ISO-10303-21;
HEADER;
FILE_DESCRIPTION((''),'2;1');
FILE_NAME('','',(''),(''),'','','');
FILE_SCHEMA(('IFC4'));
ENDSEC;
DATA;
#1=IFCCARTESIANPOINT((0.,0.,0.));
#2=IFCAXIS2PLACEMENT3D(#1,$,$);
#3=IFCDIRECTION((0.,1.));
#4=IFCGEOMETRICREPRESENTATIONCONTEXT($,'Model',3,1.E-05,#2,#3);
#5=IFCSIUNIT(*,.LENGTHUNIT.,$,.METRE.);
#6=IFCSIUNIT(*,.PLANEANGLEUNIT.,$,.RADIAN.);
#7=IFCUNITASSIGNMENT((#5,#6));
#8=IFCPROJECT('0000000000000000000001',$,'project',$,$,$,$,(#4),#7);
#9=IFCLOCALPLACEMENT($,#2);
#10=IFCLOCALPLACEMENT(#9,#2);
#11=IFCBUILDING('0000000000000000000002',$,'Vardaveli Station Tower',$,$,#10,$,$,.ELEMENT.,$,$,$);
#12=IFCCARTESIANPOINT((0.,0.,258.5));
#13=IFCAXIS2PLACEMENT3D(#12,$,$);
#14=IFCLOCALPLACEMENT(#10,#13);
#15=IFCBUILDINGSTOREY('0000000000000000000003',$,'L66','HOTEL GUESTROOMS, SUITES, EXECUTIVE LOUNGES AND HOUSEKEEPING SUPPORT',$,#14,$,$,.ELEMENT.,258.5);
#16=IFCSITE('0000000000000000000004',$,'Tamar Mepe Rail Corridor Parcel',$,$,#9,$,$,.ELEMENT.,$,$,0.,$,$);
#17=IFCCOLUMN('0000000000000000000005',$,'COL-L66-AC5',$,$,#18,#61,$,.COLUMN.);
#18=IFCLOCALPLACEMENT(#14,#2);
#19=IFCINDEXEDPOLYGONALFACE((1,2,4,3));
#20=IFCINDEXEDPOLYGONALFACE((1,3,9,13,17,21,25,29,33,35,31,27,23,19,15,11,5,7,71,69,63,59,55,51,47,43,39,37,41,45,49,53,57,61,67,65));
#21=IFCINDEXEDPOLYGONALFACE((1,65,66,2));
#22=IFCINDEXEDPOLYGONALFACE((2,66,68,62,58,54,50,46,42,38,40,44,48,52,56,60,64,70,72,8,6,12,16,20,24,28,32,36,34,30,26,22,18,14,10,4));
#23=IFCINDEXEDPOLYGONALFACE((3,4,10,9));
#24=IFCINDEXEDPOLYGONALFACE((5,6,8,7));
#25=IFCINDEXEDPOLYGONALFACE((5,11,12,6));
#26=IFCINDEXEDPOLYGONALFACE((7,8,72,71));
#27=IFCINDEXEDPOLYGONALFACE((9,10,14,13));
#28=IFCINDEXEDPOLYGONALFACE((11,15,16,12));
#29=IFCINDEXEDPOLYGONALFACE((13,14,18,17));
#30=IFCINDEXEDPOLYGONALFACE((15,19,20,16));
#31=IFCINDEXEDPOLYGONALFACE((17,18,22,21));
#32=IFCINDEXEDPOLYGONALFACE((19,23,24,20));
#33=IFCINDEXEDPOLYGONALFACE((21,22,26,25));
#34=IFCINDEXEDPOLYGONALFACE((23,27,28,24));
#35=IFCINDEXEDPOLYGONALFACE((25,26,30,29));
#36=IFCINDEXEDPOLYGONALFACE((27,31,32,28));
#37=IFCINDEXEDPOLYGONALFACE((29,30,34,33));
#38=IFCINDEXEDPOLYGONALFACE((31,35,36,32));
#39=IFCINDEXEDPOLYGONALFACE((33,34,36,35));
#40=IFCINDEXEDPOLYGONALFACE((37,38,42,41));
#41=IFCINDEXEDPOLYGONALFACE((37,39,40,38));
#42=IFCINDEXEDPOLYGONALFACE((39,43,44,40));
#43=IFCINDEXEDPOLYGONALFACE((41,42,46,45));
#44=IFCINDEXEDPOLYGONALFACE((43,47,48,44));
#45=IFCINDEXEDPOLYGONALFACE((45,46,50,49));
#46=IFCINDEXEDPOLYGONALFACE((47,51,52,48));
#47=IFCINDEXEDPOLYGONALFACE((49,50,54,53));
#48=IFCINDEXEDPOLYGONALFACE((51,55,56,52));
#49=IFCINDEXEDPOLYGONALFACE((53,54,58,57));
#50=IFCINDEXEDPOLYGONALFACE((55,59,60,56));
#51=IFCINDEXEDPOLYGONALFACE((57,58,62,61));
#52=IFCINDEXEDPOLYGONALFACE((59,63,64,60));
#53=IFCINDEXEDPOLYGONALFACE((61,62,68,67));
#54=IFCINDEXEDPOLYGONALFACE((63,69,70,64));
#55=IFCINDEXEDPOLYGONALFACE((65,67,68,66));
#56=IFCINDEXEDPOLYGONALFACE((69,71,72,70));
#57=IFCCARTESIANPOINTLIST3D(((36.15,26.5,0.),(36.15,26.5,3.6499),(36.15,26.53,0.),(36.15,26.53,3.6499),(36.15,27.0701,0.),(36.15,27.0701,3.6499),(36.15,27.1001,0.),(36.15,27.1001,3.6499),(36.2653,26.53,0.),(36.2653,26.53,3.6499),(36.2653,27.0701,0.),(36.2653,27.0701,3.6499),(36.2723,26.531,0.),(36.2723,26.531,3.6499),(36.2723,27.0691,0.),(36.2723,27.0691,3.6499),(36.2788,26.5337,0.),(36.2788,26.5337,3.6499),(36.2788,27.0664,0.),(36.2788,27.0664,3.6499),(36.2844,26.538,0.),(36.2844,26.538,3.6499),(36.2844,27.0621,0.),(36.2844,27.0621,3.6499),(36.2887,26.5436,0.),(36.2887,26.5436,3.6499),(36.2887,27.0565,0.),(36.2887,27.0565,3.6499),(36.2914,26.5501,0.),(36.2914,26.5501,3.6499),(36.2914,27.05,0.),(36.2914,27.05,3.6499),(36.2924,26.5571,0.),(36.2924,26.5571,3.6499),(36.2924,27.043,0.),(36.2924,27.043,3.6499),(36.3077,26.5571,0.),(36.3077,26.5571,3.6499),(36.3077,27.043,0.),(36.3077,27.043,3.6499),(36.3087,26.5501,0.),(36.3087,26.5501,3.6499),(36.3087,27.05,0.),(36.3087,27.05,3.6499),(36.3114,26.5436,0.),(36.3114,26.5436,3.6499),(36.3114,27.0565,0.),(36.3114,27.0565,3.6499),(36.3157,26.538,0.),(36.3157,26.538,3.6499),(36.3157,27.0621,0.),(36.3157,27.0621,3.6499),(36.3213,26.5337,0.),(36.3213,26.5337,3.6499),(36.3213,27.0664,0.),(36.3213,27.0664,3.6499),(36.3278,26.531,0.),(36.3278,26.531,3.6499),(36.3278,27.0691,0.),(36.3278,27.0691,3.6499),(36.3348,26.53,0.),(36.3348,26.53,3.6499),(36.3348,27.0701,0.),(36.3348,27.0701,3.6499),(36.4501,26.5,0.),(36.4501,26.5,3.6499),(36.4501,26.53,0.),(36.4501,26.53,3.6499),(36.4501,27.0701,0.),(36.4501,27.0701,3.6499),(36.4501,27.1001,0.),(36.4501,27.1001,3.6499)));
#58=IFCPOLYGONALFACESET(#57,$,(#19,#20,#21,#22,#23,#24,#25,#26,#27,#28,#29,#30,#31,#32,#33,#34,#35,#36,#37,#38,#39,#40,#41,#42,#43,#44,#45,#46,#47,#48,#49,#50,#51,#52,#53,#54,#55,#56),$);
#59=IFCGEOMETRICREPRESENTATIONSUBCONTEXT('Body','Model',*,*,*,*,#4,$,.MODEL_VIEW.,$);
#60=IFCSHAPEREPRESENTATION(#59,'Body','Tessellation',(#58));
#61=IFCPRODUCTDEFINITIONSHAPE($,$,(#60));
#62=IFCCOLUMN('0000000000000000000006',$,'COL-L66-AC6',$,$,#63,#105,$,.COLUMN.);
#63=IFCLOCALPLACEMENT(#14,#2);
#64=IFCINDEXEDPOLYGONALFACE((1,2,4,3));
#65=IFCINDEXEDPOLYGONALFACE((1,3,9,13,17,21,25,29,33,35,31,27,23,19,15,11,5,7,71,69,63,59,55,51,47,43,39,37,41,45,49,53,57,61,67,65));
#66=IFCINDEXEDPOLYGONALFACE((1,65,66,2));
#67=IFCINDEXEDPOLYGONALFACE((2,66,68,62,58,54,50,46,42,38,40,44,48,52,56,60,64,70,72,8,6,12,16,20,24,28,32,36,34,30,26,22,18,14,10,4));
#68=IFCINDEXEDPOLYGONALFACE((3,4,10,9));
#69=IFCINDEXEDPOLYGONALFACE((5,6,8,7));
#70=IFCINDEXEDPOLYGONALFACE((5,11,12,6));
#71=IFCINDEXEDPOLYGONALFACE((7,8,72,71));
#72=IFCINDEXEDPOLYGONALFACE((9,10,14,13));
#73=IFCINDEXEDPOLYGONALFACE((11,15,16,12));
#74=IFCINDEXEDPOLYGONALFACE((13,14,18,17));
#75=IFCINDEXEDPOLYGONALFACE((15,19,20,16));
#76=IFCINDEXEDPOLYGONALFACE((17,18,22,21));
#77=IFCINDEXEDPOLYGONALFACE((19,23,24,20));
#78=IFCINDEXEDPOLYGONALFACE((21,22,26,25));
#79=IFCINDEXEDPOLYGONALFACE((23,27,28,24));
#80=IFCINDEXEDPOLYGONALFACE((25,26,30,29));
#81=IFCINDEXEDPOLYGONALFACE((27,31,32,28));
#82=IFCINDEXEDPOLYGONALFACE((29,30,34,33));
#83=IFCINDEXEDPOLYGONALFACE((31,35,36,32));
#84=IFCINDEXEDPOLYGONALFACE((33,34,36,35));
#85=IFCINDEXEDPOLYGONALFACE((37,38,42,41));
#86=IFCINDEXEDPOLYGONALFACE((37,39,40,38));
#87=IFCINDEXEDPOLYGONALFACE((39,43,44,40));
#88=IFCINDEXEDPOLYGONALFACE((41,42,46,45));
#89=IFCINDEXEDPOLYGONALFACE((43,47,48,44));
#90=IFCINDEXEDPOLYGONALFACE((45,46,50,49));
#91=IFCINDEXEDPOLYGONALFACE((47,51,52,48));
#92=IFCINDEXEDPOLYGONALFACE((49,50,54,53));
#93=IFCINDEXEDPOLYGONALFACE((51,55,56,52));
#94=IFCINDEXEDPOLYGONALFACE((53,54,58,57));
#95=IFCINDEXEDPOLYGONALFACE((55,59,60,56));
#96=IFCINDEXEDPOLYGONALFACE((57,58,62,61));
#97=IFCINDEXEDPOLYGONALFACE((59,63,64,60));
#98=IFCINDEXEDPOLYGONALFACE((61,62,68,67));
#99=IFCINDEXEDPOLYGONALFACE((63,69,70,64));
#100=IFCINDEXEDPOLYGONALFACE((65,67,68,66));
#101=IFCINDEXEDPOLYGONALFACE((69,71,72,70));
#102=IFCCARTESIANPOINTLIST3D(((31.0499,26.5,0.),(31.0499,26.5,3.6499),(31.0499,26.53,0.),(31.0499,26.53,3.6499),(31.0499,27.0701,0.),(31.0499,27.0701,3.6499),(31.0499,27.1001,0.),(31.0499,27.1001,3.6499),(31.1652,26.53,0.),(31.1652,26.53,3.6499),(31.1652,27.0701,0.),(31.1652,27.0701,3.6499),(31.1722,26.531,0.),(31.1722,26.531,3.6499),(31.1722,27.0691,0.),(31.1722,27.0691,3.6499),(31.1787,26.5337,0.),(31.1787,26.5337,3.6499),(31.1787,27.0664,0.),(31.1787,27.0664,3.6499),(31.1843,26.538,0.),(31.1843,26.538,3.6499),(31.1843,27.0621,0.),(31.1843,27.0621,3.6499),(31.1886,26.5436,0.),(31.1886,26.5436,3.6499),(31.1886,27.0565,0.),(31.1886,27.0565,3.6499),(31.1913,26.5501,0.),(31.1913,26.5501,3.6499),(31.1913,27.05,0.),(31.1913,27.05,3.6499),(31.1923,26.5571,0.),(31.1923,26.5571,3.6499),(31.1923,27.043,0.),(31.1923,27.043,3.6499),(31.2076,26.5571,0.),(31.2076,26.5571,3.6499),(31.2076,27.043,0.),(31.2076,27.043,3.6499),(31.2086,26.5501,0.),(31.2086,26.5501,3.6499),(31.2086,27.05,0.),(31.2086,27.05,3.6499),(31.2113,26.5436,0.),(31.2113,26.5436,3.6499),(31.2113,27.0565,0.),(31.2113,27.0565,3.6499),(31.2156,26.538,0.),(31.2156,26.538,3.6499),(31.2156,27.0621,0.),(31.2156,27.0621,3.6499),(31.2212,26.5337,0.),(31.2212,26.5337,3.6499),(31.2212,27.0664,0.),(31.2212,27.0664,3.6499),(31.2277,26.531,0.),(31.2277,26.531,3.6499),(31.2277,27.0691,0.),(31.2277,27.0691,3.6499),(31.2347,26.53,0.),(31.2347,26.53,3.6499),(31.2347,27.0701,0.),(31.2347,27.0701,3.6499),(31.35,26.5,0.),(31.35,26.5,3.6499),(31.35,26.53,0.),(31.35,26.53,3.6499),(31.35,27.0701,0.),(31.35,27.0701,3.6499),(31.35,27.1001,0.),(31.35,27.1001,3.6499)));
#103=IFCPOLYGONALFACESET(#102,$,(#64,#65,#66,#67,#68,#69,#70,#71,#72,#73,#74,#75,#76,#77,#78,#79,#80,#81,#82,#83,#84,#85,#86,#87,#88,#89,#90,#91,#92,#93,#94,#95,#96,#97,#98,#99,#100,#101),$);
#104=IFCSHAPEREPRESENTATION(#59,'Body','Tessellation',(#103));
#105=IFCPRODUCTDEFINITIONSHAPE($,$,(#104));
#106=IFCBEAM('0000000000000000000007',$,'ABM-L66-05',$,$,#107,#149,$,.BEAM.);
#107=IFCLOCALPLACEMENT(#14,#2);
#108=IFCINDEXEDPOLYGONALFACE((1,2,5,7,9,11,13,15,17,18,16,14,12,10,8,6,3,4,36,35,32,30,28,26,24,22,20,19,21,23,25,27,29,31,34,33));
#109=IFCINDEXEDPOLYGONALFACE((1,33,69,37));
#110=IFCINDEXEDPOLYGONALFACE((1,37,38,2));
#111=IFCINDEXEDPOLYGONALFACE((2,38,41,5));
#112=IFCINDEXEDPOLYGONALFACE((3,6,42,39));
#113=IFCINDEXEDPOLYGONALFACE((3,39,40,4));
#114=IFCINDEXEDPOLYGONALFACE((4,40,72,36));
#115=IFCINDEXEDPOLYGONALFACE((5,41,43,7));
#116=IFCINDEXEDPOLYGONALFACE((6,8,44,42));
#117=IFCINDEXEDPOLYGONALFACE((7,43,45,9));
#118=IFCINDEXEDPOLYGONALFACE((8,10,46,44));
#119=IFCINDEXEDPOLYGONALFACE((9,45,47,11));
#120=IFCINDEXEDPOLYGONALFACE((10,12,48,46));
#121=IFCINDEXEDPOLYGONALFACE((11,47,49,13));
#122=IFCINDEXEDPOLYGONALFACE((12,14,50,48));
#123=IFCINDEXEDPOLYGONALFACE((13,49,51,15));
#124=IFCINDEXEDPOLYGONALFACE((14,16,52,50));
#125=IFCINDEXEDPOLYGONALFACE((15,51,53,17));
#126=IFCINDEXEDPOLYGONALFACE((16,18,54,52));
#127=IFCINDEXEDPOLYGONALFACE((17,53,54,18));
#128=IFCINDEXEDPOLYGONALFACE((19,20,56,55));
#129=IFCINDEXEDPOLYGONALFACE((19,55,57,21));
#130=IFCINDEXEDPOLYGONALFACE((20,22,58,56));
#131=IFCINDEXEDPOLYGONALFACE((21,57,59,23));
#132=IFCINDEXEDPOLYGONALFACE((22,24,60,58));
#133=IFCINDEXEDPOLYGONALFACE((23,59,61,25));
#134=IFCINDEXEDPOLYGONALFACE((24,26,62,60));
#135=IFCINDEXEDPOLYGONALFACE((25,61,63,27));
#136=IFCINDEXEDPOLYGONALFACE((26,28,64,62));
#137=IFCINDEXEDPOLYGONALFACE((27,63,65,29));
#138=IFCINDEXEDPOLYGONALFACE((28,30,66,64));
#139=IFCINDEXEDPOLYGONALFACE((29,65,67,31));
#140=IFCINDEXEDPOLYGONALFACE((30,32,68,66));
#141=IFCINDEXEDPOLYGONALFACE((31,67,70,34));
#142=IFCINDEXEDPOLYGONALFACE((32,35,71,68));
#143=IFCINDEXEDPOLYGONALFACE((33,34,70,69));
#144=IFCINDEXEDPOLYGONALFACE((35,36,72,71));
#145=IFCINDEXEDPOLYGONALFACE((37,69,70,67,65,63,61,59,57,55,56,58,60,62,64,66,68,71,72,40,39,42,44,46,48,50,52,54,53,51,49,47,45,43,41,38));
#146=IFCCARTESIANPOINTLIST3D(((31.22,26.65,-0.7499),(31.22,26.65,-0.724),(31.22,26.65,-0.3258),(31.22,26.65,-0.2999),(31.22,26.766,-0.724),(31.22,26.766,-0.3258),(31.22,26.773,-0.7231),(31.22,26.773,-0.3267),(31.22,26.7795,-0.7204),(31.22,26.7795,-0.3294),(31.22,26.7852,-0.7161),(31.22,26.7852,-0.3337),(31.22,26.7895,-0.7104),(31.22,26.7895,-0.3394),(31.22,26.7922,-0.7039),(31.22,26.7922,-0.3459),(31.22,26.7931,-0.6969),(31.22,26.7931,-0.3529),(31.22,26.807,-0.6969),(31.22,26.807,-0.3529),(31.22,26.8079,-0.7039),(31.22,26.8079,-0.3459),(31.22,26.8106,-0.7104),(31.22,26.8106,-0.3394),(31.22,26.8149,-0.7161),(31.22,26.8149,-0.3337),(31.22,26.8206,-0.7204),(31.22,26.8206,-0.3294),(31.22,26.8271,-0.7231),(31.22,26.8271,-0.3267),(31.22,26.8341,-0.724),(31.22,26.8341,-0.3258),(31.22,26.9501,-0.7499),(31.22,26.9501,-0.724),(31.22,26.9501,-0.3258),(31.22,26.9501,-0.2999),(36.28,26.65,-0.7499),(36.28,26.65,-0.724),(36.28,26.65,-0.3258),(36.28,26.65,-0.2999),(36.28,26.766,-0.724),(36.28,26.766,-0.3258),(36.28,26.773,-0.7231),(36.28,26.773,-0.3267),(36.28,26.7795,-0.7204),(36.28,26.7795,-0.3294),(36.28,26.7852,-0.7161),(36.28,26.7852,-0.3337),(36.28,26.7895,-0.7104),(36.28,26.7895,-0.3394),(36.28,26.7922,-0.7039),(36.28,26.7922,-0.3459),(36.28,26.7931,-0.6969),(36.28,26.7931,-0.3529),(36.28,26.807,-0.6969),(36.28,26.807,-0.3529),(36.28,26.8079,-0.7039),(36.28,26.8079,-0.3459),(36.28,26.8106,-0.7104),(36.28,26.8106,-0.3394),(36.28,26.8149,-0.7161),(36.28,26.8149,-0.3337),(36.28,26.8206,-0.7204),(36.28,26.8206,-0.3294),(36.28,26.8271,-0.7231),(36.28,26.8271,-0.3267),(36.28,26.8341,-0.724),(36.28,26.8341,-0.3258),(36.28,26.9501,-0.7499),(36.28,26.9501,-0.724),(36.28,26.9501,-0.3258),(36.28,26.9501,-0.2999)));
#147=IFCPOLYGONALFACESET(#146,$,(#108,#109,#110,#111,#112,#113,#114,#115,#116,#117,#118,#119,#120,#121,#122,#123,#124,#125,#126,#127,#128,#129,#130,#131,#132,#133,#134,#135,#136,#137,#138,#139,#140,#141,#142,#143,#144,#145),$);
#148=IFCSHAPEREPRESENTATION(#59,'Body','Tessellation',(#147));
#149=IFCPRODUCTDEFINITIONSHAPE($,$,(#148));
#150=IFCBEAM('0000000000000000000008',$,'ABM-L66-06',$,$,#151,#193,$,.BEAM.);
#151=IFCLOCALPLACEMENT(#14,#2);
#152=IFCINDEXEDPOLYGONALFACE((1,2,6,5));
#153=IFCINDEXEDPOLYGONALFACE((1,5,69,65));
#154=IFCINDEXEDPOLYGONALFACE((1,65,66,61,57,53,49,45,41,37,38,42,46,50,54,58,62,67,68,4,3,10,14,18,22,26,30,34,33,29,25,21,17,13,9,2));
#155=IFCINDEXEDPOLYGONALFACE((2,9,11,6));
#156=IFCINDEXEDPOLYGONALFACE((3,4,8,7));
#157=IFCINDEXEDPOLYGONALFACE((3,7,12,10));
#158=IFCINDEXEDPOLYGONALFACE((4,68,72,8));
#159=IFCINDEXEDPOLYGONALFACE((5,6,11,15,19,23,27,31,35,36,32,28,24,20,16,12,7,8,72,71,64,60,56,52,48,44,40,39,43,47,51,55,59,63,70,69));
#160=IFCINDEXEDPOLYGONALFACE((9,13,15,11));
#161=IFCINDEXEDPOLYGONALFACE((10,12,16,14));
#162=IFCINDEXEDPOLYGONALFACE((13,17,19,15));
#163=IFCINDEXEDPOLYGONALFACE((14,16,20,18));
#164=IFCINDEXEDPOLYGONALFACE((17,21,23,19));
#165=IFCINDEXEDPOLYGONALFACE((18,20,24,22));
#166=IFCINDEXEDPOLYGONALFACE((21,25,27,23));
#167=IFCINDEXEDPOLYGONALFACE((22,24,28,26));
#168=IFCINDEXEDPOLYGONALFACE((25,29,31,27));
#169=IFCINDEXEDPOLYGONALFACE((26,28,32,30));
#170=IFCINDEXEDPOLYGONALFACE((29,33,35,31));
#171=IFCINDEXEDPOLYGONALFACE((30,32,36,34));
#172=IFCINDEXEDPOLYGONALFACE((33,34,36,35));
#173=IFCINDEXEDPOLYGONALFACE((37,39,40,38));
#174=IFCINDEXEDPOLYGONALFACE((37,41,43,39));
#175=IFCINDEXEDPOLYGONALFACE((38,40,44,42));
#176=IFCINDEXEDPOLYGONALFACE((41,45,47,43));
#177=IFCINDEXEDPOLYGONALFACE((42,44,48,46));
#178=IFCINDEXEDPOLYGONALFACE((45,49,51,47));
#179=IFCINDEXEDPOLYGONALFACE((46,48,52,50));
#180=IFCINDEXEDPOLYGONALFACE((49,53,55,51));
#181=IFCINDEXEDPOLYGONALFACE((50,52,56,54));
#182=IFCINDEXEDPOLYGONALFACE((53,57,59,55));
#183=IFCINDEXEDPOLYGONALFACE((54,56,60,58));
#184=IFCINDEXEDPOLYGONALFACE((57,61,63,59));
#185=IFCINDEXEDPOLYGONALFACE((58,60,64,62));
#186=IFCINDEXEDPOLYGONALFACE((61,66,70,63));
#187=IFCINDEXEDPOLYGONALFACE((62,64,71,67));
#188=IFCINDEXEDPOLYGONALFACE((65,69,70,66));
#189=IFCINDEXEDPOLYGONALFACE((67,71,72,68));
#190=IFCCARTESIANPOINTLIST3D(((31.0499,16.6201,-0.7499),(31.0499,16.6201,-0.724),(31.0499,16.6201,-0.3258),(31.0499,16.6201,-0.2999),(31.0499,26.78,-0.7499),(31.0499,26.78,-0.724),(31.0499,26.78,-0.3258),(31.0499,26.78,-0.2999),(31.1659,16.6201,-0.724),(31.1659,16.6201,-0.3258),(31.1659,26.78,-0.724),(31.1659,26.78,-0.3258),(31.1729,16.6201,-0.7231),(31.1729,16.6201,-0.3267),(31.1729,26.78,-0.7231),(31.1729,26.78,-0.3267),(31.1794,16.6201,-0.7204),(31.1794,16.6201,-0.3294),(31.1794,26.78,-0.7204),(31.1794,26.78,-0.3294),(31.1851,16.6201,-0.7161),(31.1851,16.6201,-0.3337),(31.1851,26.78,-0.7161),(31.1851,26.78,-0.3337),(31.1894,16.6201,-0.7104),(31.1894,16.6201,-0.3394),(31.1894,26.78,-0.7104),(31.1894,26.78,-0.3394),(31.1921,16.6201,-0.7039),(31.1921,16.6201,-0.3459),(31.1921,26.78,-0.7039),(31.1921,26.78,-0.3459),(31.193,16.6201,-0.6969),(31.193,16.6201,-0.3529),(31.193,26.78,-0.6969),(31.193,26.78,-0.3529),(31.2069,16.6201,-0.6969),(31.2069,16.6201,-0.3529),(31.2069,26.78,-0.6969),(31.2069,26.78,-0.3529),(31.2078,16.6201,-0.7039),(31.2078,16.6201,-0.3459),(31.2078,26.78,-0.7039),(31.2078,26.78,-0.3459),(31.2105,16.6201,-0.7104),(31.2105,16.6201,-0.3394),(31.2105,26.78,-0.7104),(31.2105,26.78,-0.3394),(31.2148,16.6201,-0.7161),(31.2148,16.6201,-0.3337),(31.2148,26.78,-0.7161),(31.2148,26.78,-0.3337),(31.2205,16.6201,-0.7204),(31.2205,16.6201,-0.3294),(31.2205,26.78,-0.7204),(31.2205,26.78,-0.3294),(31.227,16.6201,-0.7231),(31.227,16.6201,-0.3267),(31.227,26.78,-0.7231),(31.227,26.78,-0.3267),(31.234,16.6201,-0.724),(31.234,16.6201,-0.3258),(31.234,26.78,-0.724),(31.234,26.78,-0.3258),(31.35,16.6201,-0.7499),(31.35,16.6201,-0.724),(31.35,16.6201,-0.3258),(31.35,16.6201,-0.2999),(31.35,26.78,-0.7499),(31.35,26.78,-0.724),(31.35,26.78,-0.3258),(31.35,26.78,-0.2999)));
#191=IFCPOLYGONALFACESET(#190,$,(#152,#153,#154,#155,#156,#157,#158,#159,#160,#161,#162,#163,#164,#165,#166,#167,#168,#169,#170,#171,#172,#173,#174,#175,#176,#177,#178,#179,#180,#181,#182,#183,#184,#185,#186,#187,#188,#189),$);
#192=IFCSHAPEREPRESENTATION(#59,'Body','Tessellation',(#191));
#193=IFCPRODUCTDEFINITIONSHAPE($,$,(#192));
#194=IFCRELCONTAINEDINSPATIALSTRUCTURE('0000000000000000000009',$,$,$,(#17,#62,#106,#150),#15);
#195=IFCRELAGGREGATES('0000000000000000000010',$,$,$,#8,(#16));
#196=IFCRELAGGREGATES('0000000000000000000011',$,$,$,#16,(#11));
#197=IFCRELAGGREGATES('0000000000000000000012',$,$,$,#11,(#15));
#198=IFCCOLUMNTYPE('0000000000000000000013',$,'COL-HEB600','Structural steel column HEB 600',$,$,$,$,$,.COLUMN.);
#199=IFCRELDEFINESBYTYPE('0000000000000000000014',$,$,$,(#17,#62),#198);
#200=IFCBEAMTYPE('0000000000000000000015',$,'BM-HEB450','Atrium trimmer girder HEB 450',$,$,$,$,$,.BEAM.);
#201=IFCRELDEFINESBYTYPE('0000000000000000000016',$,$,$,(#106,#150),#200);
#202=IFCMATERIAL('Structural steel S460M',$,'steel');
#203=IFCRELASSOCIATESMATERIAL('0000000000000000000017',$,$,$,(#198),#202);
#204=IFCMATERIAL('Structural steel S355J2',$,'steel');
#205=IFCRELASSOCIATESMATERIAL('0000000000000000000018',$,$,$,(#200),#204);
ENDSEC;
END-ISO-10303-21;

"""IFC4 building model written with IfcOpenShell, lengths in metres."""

from ifc_helpers import new_model, si_unit, direction, frame, origin, origin_2d, place, context, subcontext, project, spatial, i_section, extrude, source, transform, mapped, material, material_profile, profile_set, type_object, element, save


model = new_model("IFC4")

# Units and contexts
model_context = context("Model", 3, precision=1e-05, world=origin(), true_north=direction((0.0, 1.0)))
body_context = subcontext(model_context, "Body", "Model", "MODEL_VIEW")
ifc_project = project(units=[si_unit("LENGTHUNIT", "METRE"), si_unit("PLANEANGLEUNIT", "RADIAN")], contexts=[model_context])

# Site, building, storey
site_placement = place(None, origin())
site = spatial("IfcSite", under=ifc_project, at=site_placement, Name="Tamar Mepe Rail Corridor Parcel", CompositionType="ELEMENT", RefElevation=0.0)
building_placement = place(site_placement, origin())
building = spatial("IfcBuilding", under=site, at=building_placement, Name="Vardaveli Station Tower", CompositionType="ELEMENT")
storey_placement = place(building_placement, frame((0.0, 0.0, 258.5)))
storey = spatial("IfcBuildingStorey", under=building, at=storey_placement, Name="L66", Description="HOTEL GUESTROOMS, SUITES, EXECUTIVE LOUNGES AND HOUSEKEEPING SUPPORT", CompositionType="ELEMENT", Elevation=258.5)

# Columns
ifc_material_1 = material(Name="Structural steel S460M", Category="steel")
ifc_material_profile_1 = material_profile(ifc_material_1, i_section(OverallWidth=0.3, OverallDepth=0.6001, WebThickness=0.0154, FlangeThickness=0.03, FilletRadius=0.0271, at=origin_2d()), Name="HEB 600")
ifc_profile_set_1 = profile_set([ifc_material_profile_1], Name="Structural steel S460M")
column_type = type_object("IfcColumnType", Name="COL-HEB600", Description="Structural steel column HEB 600", PredefinedType="COLUMN", material=ifc_profile_set_1)
shared_shape_1 = source(origin(), body_context, "Body", "SweptSolid", [
    extrude(i_section(OverallWidth=0.3, OverallDepth=0.6001, WebThickness=0.0154, FlangeThickness=0.03, FilletRadius=0.0271, at=origin_2d()), origin(), (0.0, 0.0, 1.0), 3.6499),
])
for number, where, z_axis, x_axis, name in (
    (1, (36.3, 26.8, 0.0), (0.0, 0.0, 1.0), (1.0, 0.0, 0.0), "COL-L66-AC5"),
    (2, (31.2, 26.8, 0.0), (0.0, 0.0, 1.0), (1.0, 0.0, 0.0), "COL-L66-AC6"),
):
    element("IfcColumn", number, at=place(storey_placement, frame(where, z_axis=z_axis, x_axis=x_axis)), inside=storey, type_object=column_type, Name=name, PredefinedType="COLUMN", context=body_context, shape_type="MappedRepresentation", body=[
        mapped(shared_shape_1, transform((0.0, 0.0, 0.0), scale=1.0)),
    ])

# Beams
ifc_material_2 = material(Name="Structural steel S355J2", Category="steel")
ifc_material_profile_2 = material_profile(ifc_material_2, i_section(OverallWidth=0.3, OverallDepth=0.45, WebThickness=0.0139, FlangeThickness=0.0259, FilletRadius=0.0271, at=origin_2d()), Name="HEB 450")
ifc_profile_set_2 = profile_set([ifc_material_profile_2], Name="Structural steel S355J2")
beam_type_1 = type_object("IfcBeamType", Name="BM-HEB450", Description="Atrium trimmer girder HEB 450", PredefinedType="BEAM", material=ifc_profile_set_2)
shared_shape_2 = source(origin(), body_context, "Body", "SweptSolid", [
    extrude(i_section(OverallWidth=0.3, OverallDepth=0.45, WebThickness=0.0139, FlangeThickness=0.0259, FilletRadius=0.0271, at=origin_2d()), origin(), (0.0, 0.0, 1.0), 5.0601),
])
beam_1_placement = place(storey_placement, frame((36.28, 26.8, -0.5249), z_axis=(-1.0, 0.0, 0.0), x_axis=(0.0, -1.0, 0.0)))
element("IfcBeam", 3, at=beam_1_placement, inside=storey, type_object=beam_type_1, Name="ABM-L66-05", PredefinedType="BEAM", context=body_context, shape_type="MappedRepresentation", body=[
    mapped(shared_shape_2, transform((0.0, 0.0, 0.0), scale=1.0)),
])
shared_shape_3 = source(origin(), body_context, "Body", "SweptSolid", [
    extrude(i_section(OverallWidth=0.3, OverallDepth=0.45, WebThickness=0.0139, FlangeThickness=0.0259, FilletRadius=0.0271, at=origin_2d()), origin(), (0.0, 0.0, 1.0), 10.1599),
])
beam_2_placement = place(storey_placement, frame((31.2, 26.78, -0.5249), z_axis=(0.0, -1.0, 0.0), x_axis=(1.0, 0.0, 0.0)))
element("IfcBeam", 4, at=beam_2_placement, inside=storey, type_object=beam_type_1, Name="ABM-L66-06", PredefinedType="BEAM", context=body_context, shape_type="MappedRepresentation", body=[
    mapped(shared_shape_3, transform((0.0, 0.0, 0.0), scale=1.0)),
])

save(model, "model.ifc")
